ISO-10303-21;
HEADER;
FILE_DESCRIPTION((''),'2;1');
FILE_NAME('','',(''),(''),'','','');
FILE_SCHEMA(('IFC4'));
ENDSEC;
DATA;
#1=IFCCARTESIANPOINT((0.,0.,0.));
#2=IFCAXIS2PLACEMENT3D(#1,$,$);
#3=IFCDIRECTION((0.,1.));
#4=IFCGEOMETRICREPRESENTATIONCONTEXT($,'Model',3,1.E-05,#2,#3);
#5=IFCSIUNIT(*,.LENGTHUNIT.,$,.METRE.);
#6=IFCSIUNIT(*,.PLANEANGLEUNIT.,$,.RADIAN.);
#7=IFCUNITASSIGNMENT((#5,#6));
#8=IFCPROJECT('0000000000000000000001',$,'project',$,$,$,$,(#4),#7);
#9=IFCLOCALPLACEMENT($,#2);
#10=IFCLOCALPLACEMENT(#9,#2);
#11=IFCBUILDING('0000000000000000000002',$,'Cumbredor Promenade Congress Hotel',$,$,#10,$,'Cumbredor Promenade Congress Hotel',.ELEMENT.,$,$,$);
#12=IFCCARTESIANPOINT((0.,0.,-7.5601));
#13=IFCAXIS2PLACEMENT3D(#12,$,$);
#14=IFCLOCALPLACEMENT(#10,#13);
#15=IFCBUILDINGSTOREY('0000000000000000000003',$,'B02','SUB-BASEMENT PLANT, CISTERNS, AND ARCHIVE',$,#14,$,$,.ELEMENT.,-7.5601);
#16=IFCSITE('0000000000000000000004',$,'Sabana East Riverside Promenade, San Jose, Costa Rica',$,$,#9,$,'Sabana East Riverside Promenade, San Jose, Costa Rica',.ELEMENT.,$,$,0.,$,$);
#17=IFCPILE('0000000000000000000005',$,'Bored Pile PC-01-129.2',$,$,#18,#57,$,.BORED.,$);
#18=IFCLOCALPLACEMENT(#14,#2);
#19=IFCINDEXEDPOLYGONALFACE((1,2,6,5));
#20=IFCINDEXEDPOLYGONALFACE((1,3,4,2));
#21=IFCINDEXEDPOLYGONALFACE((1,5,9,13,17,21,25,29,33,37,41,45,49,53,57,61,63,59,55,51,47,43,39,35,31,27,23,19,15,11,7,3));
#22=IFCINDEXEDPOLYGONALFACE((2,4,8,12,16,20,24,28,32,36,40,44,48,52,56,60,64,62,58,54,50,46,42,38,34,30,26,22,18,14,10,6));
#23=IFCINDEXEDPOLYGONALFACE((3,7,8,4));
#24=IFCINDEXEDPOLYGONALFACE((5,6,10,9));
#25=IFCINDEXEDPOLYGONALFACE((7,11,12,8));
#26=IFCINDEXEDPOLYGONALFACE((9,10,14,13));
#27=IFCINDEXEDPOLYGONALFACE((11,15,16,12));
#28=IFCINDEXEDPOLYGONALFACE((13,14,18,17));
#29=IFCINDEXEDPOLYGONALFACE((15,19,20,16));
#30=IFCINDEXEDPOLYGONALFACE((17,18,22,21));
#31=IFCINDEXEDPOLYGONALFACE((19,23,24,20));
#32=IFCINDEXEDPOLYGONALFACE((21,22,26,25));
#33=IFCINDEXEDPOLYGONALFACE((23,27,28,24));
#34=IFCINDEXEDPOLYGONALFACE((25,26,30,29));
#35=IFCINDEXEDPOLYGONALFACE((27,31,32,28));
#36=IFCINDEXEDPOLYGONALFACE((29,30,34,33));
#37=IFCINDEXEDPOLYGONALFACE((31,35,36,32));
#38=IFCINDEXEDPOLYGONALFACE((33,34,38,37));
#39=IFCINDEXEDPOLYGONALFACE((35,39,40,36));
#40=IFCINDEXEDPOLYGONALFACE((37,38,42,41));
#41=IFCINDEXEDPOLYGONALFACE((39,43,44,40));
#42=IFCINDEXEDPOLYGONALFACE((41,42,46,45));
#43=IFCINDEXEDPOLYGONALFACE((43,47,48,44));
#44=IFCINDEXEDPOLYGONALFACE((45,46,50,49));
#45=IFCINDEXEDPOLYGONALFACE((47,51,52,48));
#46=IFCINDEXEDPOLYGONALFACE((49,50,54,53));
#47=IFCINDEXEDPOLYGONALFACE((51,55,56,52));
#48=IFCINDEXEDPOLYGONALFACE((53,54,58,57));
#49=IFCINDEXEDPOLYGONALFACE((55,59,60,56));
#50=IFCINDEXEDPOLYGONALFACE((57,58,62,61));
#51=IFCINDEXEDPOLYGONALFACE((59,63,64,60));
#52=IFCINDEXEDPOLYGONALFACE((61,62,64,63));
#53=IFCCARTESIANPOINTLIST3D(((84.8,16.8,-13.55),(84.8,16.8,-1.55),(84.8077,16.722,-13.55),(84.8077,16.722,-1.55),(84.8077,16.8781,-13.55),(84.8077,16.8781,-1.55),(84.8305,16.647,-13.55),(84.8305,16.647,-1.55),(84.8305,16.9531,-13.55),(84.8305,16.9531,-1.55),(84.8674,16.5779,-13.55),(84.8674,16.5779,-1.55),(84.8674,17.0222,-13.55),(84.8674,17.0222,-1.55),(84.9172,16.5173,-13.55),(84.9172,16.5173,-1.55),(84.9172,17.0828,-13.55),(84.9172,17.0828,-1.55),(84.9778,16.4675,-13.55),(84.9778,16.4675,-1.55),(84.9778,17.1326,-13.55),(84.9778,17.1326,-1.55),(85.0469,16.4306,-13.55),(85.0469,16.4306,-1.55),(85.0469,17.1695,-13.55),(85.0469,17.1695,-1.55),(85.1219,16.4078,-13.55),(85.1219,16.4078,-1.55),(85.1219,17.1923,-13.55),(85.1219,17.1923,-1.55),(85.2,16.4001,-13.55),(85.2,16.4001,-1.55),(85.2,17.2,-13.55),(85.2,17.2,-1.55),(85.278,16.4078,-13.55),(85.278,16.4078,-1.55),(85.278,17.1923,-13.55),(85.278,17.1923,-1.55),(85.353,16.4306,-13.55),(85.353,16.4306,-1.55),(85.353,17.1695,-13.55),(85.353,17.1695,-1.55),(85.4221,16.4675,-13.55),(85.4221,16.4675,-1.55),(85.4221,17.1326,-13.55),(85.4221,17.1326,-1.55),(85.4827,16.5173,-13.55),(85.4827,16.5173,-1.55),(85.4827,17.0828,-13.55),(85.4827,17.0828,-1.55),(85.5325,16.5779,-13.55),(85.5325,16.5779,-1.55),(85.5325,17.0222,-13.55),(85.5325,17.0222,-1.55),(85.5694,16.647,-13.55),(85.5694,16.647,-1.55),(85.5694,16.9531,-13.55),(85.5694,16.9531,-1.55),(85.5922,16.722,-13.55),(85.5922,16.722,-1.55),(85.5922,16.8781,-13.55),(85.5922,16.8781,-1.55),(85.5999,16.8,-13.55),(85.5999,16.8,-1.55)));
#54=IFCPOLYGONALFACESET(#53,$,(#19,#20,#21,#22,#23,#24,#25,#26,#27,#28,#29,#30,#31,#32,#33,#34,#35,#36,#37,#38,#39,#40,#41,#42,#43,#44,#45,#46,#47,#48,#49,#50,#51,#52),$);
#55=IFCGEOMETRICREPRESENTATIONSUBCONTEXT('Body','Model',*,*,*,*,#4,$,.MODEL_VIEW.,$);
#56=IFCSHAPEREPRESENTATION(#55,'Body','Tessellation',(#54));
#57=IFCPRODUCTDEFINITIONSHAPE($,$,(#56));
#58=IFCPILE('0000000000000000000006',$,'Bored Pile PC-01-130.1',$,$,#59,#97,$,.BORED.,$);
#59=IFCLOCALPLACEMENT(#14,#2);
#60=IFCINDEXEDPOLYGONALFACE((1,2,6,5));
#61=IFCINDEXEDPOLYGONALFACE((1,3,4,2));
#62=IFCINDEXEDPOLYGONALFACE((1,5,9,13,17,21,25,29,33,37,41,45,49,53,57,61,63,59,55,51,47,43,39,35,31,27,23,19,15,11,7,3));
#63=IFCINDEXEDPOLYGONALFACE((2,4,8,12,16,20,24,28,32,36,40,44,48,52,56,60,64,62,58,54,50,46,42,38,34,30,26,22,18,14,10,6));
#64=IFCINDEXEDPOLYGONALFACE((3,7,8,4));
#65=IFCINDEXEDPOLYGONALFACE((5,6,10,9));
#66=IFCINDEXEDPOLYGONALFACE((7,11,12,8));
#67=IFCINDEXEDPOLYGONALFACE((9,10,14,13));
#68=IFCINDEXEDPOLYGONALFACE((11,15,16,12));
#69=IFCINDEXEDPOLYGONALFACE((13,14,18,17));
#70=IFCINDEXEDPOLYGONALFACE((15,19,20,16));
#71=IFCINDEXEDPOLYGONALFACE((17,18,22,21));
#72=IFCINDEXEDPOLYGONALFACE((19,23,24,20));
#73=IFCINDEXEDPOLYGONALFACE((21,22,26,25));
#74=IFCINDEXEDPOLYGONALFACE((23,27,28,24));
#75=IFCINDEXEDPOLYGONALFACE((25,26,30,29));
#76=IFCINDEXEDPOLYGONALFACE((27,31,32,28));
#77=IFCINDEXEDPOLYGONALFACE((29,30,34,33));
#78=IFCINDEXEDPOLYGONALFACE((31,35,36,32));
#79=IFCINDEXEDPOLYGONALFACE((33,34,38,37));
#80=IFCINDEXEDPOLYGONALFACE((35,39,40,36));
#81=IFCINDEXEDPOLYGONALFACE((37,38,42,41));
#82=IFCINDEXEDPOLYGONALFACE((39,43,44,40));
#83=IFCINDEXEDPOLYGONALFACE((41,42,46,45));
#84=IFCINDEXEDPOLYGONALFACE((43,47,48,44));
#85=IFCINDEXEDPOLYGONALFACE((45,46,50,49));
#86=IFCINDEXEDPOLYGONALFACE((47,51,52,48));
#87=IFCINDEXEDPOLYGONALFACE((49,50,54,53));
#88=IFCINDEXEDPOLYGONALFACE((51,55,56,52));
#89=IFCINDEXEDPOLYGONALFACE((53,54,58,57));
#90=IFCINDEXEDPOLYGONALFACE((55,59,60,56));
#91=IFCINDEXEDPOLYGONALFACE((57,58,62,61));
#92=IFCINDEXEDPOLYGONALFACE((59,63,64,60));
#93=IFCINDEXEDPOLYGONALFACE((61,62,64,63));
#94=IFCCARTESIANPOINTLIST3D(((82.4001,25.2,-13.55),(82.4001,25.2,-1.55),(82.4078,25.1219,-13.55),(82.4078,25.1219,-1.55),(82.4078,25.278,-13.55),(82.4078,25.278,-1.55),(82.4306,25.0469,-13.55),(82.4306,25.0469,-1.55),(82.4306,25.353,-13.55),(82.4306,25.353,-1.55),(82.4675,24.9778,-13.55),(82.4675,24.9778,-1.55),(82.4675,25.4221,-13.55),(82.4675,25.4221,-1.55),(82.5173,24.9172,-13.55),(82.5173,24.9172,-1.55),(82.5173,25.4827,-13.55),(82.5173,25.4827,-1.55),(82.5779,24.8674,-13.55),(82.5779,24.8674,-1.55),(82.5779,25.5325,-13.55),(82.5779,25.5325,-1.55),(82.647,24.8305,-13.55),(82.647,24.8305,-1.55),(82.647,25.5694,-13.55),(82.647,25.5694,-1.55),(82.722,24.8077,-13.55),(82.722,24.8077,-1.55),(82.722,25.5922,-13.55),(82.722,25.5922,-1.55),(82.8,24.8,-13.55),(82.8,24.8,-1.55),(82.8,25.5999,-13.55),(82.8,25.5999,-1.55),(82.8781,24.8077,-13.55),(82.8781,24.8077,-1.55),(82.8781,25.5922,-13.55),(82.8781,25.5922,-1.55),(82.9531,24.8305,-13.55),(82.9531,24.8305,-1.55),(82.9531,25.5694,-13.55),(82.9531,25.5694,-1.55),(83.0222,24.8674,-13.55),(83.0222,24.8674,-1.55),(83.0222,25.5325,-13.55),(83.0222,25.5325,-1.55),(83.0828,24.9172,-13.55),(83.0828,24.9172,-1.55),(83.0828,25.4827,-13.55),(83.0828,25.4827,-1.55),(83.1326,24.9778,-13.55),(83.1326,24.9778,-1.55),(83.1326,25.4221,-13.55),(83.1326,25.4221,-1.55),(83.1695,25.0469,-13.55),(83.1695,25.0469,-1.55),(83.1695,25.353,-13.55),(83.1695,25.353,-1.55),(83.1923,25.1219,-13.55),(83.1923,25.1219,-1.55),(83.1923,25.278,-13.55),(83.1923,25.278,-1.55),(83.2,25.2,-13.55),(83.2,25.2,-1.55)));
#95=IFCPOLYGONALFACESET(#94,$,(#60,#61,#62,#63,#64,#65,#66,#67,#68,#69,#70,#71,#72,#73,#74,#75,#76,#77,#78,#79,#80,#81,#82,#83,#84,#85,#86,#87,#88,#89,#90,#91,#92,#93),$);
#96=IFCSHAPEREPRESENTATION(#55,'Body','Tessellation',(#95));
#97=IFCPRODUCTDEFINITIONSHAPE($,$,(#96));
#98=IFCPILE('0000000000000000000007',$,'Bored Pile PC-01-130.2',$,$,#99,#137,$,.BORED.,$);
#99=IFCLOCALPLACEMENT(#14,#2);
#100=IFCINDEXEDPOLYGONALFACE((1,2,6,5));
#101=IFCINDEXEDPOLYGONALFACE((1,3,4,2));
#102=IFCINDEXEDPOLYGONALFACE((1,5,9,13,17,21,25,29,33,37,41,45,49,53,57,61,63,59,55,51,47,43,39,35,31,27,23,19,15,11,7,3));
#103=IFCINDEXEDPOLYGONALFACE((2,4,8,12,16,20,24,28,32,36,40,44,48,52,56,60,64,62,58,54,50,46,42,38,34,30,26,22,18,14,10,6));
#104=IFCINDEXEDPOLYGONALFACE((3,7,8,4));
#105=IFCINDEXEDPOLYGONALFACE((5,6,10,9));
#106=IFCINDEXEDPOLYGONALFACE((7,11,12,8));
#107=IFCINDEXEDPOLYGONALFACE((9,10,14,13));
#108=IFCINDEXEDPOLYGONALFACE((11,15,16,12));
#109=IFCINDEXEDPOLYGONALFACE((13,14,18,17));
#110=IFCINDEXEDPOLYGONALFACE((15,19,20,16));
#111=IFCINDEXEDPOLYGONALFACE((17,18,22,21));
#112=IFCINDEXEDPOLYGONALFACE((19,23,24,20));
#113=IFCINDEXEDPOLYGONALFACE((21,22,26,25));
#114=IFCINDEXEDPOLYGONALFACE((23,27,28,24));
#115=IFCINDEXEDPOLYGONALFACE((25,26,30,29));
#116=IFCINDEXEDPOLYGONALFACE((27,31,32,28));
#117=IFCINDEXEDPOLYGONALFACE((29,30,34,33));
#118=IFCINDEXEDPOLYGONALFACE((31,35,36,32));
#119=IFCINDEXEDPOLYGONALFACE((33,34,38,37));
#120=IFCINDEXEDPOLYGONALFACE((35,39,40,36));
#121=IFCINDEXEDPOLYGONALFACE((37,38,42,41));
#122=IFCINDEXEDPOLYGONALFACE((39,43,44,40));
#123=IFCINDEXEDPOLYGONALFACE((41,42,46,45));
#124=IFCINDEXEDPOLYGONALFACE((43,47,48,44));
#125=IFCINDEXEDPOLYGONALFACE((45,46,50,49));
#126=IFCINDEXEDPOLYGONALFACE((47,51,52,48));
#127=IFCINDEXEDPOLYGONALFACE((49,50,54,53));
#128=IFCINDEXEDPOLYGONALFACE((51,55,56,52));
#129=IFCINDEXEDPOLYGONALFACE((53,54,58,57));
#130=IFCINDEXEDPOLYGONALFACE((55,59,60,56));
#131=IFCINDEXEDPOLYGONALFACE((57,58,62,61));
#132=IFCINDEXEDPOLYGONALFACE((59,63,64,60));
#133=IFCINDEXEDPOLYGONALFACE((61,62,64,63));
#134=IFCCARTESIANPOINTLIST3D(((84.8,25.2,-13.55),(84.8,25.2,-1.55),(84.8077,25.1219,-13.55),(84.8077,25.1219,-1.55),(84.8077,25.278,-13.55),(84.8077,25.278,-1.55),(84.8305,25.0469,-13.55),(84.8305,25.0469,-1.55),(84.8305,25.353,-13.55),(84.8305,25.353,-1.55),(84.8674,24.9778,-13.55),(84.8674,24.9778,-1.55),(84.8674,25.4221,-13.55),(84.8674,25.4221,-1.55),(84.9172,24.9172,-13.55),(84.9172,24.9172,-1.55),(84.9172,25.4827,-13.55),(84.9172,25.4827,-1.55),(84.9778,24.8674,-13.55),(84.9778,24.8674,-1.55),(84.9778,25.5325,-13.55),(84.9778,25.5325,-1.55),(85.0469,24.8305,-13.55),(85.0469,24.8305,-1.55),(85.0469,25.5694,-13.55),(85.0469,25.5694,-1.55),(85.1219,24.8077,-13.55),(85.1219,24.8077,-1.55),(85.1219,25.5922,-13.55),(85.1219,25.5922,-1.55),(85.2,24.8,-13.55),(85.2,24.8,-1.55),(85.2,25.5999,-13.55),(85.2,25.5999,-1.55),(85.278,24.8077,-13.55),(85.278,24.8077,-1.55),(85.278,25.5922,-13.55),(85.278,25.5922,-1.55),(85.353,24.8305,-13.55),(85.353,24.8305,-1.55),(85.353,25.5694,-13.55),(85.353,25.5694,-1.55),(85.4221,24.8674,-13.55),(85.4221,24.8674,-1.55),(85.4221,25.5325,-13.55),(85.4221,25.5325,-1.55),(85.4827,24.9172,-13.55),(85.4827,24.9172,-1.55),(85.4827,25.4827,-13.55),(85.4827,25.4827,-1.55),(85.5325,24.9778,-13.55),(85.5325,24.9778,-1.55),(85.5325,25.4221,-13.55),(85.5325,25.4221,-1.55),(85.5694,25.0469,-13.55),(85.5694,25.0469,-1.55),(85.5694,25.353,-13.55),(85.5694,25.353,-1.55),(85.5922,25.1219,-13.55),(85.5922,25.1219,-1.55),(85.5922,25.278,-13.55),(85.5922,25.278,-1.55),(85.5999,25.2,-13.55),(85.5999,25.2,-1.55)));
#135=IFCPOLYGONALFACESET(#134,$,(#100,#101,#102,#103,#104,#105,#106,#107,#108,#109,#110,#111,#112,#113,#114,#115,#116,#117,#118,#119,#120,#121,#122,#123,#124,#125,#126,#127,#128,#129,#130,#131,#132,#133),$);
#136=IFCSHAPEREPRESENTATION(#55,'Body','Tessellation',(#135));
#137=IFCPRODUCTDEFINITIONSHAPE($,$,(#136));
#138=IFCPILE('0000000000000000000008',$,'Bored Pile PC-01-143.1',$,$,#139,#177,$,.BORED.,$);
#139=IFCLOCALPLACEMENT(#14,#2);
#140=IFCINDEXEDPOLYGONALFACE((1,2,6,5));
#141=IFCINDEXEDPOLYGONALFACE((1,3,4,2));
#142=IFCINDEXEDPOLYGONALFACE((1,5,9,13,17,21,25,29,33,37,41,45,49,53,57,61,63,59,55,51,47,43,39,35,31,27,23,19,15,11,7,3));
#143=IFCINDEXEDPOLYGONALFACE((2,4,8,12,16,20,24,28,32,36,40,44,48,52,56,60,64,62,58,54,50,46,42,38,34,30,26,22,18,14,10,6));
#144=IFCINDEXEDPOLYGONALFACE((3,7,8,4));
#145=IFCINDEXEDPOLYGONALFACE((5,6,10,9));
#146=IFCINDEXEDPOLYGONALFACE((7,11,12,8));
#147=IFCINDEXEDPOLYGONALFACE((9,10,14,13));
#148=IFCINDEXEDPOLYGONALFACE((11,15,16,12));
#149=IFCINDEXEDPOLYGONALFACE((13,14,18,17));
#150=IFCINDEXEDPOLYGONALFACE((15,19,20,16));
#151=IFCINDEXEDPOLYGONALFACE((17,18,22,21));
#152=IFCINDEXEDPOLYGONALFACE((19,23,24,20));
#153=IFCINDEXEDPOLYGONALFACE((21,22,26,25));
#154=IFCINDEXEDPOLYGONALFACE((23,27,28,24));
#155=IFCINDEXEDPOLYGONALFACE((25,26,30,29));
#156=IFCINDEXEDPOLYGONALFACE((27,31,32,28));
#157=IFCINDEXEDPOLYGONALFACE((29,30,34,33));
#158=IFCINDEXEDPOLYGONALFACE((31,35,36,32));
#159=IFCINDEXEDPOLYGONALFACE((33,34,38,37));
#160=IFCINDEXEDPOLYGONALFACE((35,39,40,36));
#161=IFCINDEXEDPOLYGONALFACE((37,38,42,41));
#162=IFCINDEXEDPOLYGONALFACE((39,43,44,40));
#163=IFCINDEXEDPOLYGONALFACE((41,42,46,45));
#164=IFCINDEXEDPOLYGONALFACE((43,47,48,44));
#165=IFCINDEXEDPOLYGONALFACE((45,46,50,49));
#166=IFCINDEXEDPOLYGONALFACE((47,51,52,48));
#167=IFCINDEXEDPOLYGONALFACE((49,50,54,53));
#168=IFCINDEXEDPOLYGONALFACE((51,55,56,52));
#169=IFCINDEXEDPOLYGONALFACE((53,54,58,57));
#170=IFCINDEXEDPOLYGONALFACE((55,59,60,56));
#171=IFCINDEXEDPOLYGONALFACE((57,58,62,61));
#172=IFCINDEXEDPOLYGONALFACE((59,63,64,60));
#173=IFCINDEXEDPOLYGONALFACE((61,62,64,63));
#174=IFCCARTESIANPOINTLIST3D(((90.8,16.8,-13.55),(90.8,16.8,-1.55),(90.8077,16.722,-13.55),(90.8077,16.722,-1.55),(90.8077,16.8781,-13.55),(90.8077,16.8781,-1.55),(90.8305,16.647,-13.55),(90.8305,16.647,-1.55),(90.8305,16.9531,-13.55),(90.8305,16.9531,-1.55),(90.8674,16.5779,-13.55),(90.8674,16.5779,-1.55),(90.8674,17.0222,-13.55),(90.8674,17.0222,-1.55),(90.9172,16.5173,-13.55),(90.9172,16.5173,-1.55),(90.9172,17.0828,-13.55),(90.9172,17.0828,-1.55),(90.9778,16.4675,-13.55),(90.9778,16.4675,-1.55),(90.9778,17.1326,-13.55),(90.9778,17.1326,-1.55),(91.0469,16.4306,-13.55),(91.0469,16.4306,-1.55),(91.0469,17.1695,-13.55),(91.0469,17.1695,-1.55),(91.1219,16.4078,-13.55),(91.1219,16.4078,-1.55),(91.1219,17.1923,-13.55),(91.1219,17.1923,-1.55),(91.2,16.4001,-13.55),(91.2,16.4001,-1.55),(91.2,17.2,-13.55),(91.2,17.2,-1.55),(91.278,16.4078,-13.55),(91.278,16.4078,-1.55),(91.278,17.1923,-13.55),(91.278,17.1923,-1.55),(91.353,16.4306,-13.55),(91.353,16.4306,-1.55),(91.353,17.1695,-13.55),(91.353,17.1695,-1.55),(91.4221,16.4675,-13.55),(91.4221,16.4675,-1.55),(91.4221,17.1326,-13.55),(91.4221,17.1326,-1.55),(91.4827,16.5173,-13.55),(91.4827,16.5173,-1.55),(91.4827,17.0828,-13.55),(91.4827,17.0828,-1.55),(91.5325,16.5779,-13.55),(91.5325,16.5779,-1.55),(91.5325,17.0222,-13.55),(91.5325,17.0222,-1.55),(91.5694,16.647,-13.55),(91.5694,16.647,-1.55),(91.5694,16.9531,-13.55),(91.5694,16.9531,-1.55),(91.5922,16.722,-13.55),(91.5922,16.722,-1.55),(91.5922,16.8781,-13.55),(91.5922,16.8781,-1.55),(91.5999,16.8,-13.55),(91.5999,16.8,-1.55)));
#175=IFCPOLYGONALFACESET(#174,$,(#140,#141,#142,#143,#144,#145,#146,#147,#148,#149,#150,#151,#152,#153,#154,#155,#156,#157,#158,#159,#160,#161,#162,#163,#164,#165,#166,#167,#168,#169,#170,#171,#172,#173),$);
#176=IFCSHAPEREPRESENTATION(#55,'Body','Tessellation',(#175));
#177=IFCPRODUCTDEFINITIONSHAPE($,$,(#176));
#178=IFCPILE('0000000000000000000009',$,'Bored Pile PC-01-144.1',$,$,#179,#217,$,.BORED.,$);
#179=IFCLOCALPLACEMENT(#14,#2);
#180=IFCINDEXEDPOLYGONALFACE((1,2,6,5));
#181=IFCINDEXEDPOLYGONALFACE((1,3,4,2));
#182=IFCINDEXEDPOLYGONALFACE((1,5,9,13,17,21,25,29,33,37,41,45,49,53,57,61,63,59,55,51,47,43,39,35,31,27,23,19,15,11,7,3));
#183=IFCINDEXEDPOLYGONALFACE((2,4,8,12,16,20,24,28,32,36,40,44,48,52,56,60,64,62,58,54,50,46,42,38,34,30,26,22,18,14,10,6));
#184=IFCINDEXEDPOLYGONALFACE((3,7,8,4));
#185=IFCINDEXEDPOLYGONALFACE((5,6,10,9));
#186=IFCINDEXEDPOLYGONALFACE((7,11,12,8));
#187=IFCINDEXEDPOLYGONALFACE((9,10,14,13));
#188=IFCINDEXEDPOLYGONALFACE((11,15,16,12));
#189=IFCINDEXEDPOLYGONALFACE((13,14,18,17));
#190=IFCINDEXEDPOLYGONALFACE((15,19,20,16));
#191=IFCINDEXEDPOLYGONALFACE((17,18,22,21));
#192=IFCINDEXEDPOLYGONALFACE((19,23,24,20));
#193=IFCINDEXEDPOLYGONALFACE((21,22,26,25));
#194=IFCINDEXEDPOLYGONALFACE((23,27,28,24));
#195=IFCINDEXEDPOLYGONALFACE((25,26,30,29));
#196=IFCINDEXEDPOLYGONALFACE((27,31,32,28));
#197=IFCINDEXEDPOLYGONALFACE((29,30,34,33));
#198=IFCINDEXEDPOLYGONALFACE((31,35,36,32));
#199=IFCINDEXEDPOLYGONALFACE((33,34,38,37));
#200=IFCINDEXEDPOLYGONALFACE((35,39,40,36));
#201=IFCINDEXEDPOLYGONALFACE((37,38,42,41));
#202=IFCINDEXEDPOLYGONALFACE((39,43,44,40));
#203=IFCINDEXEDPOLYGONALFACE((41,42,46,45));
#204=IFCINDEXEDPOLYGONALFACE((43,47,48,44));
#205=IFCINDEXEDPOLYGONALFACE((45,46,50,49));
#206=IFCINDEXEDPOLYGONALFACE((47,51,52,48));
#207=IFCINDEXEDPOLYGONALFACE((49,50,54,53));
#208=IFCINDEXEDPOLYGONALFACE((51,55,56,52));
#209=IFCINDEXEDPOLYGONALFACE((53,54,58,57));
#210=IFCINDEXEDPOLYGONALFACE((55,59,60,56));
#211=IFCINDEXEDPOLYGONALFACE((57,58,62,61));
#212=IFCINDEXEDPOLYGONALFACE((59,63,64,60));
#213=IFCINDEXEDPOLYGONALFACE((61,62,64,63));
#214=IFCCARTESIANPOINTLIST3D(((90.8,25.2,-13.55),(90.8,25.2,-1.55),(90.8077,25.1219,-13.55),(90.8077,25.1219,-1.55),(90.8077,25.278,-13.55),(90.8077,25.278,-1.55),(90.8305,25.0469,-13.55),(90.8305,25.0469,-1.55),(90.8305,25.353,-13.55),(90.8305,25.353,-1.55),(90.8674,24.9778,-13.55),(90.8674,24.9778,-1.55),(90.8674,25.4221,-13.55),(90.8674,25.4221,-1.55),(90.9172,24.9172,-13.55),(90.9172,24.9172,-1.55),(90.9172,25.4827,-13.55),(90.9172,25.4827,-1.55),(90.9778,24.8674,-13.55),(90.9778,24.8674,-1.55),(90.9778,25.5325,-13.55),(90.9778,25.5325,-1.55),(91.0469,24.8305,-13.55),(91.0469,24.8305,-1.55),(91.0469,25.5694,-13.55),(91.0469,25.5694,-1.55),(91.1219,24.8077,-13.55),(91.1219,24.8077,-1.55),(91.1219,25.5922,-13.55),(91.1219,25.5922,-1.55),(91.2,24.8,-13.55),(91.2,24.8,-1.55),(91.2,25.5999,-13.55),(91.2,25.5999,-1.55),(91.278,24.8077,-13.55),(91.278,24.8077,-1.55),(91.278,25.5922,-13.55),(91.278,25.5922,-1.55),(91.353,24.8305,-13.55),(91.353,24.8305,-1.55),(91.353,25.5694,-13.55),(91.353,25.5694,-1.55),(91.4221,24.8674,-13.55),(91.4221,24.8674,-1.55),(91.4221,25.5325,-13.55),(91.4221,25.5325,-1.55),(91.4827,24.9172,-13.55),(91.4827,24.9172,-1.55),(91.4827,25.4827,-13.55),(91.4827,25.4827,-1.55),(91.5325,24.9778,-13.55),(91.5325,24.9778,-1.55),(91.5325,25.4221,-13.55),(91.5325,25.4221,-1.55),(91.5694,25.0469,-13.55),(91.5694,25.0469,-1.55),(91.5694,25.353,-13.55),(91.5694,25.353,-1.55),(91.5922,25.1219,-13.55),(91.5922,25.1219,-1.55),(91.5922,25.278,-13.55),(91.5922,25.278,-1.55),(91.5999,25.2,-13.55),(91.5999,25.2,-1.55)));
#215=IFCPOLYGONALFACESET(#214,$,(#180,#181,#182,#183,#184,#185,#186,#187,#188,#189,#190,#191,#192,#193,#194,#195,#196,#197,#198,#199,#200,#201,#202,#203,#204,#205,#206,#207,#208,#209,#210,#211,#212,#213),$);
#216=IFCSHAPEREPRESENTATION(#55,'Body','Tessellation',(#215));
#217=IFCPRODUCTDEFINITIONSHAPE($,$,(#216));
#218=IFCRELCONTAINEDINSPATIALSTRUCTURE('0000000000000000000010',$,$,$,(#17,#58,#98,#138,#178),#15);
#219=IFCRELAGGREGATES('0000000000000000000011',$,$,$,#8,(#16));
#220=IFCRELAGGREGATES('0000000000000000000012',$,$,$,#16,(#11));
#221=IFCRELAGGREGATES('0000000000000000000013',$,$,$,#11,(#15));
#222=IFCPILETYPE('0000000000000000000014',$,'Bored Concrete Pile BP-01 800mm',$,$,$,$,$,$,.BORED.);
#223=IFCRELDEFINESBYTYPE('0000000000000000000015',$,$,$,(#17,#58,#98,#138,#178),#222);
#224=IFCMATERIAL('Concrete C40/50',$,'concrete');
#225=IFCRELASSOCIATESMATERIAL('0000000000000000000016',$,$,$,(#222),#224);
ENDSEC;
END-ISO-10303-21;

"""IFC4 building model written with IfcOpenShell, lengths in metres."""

from ifc_helpers import new_model, si_unit, direction, frame, origin, origin_2d, place, context, subcontext, project, spatial, circle, extrude, material, material_profile, profile_set, type_object, element, save


model = new_model("IFC4")

# Units and contexts
model_context = context("Model", 3, precision=1e-05, world=origin(), true_north=direction((0.0, 1.0)))
body_context = subcontext(model_context, "Body", "Model", "MODEL_VIEW")
ifc_project = project(units=[si_unit("LENGTHUNIT", "METRE"), si_unit("PLANEANGLEUNIT", "RADIAN")], contexts=[model_context])

# Site, building, storey
site_placement = place(None, origin())
site = spatial("IfcSite", under=ifc_project, at=site_placement, Name="Sabana East Riverside Promenade, San Jose, Costa Rica", LongName="Sabana East Riverside Promenade, San Jose, Costa Rica", CompositionType="ELEMENT", RefElevation=0.0)
building_placement = place(site_placement, origin())
building = spatial("IfcBuilding", under=site, at=building_placement, Name="Cumbredor Promenade Congress Hotel", LongName="Cumbredor Promenade Congress Hotel", CompositionType="ELEMENT")
storey_placement = place(building_placement, frame((0.0, 0.0, -7.5601)))
storey = spatial("IfcBuildingStorey", under=building, at=storey_placement, Name="B02", Description="SUB-BASEMENT PLANT, CISTERNS, AND ARCHIVE", CompositionType="ELEMENT", Elevation=-7.5601)

# Piles
ifc_material_1 = material(Name="Concrete C40/50", Category="concrete")
ifc_material_profile_1 = material_profile(ifc_material_1, circle(Radius=0.3999, at=origin_2d()), Name="PILE D800")
ifc_profile_set_1 = profile_set([ifc_material_profile_1], Name="Concrete C40/50")
pile_type = type_object("IfcPileType", Name="Bored Concrete Pile BP-01 800mm", PredefinedType="BORED", material=ifc_profile_set_1)
for number, where, z_axis, x_axis, name in (
    (1, (85.2, 16.8, -1.55), (0.0, 0.0, -1.0), (1.0, 0.0, 0.0), "Bored Pile PC-01-129.2"),
    (2, (82.8, 25.2, -1.55), (0.0, 0.0, -1.0), (1.0, 0.0, 0.0), "Bored Pile PC-01-130.1"),
    (3, (85.2, 25.2, -1.55), (0.0, 0.0, -1.0), (1.0, 0.0, 0.0), "Bored Pile PC-01-130.2"),
    (4, (91.2, 16.8, -1.55), (0.0, 0.0, -1.0), (1.0, 0.0, 0.0), "Bored Pile PC-01-143.1"),
    (5, (91.2, 25.2, -1.55), (0.0, 0.0, -1.0), (1.0, 0.0, 0.0), "Bored Pile PC-01-144.1"),
):
    element("IfcPile", number, at=place(storey_placement, frame(where, z_axis=z_axis, x_axis=x_axis)), inside=storey, type_object=pile_type, Name=name, PredefinedType="BORED", context=body_context, shape_type="SweptSolid", body=[
        extrude(circle(Radius=0.3999, at=origin_2d()), origin(), (0.0, 0.0, 1.0), 12.0),
    ])

save(model, "model.ifc")
